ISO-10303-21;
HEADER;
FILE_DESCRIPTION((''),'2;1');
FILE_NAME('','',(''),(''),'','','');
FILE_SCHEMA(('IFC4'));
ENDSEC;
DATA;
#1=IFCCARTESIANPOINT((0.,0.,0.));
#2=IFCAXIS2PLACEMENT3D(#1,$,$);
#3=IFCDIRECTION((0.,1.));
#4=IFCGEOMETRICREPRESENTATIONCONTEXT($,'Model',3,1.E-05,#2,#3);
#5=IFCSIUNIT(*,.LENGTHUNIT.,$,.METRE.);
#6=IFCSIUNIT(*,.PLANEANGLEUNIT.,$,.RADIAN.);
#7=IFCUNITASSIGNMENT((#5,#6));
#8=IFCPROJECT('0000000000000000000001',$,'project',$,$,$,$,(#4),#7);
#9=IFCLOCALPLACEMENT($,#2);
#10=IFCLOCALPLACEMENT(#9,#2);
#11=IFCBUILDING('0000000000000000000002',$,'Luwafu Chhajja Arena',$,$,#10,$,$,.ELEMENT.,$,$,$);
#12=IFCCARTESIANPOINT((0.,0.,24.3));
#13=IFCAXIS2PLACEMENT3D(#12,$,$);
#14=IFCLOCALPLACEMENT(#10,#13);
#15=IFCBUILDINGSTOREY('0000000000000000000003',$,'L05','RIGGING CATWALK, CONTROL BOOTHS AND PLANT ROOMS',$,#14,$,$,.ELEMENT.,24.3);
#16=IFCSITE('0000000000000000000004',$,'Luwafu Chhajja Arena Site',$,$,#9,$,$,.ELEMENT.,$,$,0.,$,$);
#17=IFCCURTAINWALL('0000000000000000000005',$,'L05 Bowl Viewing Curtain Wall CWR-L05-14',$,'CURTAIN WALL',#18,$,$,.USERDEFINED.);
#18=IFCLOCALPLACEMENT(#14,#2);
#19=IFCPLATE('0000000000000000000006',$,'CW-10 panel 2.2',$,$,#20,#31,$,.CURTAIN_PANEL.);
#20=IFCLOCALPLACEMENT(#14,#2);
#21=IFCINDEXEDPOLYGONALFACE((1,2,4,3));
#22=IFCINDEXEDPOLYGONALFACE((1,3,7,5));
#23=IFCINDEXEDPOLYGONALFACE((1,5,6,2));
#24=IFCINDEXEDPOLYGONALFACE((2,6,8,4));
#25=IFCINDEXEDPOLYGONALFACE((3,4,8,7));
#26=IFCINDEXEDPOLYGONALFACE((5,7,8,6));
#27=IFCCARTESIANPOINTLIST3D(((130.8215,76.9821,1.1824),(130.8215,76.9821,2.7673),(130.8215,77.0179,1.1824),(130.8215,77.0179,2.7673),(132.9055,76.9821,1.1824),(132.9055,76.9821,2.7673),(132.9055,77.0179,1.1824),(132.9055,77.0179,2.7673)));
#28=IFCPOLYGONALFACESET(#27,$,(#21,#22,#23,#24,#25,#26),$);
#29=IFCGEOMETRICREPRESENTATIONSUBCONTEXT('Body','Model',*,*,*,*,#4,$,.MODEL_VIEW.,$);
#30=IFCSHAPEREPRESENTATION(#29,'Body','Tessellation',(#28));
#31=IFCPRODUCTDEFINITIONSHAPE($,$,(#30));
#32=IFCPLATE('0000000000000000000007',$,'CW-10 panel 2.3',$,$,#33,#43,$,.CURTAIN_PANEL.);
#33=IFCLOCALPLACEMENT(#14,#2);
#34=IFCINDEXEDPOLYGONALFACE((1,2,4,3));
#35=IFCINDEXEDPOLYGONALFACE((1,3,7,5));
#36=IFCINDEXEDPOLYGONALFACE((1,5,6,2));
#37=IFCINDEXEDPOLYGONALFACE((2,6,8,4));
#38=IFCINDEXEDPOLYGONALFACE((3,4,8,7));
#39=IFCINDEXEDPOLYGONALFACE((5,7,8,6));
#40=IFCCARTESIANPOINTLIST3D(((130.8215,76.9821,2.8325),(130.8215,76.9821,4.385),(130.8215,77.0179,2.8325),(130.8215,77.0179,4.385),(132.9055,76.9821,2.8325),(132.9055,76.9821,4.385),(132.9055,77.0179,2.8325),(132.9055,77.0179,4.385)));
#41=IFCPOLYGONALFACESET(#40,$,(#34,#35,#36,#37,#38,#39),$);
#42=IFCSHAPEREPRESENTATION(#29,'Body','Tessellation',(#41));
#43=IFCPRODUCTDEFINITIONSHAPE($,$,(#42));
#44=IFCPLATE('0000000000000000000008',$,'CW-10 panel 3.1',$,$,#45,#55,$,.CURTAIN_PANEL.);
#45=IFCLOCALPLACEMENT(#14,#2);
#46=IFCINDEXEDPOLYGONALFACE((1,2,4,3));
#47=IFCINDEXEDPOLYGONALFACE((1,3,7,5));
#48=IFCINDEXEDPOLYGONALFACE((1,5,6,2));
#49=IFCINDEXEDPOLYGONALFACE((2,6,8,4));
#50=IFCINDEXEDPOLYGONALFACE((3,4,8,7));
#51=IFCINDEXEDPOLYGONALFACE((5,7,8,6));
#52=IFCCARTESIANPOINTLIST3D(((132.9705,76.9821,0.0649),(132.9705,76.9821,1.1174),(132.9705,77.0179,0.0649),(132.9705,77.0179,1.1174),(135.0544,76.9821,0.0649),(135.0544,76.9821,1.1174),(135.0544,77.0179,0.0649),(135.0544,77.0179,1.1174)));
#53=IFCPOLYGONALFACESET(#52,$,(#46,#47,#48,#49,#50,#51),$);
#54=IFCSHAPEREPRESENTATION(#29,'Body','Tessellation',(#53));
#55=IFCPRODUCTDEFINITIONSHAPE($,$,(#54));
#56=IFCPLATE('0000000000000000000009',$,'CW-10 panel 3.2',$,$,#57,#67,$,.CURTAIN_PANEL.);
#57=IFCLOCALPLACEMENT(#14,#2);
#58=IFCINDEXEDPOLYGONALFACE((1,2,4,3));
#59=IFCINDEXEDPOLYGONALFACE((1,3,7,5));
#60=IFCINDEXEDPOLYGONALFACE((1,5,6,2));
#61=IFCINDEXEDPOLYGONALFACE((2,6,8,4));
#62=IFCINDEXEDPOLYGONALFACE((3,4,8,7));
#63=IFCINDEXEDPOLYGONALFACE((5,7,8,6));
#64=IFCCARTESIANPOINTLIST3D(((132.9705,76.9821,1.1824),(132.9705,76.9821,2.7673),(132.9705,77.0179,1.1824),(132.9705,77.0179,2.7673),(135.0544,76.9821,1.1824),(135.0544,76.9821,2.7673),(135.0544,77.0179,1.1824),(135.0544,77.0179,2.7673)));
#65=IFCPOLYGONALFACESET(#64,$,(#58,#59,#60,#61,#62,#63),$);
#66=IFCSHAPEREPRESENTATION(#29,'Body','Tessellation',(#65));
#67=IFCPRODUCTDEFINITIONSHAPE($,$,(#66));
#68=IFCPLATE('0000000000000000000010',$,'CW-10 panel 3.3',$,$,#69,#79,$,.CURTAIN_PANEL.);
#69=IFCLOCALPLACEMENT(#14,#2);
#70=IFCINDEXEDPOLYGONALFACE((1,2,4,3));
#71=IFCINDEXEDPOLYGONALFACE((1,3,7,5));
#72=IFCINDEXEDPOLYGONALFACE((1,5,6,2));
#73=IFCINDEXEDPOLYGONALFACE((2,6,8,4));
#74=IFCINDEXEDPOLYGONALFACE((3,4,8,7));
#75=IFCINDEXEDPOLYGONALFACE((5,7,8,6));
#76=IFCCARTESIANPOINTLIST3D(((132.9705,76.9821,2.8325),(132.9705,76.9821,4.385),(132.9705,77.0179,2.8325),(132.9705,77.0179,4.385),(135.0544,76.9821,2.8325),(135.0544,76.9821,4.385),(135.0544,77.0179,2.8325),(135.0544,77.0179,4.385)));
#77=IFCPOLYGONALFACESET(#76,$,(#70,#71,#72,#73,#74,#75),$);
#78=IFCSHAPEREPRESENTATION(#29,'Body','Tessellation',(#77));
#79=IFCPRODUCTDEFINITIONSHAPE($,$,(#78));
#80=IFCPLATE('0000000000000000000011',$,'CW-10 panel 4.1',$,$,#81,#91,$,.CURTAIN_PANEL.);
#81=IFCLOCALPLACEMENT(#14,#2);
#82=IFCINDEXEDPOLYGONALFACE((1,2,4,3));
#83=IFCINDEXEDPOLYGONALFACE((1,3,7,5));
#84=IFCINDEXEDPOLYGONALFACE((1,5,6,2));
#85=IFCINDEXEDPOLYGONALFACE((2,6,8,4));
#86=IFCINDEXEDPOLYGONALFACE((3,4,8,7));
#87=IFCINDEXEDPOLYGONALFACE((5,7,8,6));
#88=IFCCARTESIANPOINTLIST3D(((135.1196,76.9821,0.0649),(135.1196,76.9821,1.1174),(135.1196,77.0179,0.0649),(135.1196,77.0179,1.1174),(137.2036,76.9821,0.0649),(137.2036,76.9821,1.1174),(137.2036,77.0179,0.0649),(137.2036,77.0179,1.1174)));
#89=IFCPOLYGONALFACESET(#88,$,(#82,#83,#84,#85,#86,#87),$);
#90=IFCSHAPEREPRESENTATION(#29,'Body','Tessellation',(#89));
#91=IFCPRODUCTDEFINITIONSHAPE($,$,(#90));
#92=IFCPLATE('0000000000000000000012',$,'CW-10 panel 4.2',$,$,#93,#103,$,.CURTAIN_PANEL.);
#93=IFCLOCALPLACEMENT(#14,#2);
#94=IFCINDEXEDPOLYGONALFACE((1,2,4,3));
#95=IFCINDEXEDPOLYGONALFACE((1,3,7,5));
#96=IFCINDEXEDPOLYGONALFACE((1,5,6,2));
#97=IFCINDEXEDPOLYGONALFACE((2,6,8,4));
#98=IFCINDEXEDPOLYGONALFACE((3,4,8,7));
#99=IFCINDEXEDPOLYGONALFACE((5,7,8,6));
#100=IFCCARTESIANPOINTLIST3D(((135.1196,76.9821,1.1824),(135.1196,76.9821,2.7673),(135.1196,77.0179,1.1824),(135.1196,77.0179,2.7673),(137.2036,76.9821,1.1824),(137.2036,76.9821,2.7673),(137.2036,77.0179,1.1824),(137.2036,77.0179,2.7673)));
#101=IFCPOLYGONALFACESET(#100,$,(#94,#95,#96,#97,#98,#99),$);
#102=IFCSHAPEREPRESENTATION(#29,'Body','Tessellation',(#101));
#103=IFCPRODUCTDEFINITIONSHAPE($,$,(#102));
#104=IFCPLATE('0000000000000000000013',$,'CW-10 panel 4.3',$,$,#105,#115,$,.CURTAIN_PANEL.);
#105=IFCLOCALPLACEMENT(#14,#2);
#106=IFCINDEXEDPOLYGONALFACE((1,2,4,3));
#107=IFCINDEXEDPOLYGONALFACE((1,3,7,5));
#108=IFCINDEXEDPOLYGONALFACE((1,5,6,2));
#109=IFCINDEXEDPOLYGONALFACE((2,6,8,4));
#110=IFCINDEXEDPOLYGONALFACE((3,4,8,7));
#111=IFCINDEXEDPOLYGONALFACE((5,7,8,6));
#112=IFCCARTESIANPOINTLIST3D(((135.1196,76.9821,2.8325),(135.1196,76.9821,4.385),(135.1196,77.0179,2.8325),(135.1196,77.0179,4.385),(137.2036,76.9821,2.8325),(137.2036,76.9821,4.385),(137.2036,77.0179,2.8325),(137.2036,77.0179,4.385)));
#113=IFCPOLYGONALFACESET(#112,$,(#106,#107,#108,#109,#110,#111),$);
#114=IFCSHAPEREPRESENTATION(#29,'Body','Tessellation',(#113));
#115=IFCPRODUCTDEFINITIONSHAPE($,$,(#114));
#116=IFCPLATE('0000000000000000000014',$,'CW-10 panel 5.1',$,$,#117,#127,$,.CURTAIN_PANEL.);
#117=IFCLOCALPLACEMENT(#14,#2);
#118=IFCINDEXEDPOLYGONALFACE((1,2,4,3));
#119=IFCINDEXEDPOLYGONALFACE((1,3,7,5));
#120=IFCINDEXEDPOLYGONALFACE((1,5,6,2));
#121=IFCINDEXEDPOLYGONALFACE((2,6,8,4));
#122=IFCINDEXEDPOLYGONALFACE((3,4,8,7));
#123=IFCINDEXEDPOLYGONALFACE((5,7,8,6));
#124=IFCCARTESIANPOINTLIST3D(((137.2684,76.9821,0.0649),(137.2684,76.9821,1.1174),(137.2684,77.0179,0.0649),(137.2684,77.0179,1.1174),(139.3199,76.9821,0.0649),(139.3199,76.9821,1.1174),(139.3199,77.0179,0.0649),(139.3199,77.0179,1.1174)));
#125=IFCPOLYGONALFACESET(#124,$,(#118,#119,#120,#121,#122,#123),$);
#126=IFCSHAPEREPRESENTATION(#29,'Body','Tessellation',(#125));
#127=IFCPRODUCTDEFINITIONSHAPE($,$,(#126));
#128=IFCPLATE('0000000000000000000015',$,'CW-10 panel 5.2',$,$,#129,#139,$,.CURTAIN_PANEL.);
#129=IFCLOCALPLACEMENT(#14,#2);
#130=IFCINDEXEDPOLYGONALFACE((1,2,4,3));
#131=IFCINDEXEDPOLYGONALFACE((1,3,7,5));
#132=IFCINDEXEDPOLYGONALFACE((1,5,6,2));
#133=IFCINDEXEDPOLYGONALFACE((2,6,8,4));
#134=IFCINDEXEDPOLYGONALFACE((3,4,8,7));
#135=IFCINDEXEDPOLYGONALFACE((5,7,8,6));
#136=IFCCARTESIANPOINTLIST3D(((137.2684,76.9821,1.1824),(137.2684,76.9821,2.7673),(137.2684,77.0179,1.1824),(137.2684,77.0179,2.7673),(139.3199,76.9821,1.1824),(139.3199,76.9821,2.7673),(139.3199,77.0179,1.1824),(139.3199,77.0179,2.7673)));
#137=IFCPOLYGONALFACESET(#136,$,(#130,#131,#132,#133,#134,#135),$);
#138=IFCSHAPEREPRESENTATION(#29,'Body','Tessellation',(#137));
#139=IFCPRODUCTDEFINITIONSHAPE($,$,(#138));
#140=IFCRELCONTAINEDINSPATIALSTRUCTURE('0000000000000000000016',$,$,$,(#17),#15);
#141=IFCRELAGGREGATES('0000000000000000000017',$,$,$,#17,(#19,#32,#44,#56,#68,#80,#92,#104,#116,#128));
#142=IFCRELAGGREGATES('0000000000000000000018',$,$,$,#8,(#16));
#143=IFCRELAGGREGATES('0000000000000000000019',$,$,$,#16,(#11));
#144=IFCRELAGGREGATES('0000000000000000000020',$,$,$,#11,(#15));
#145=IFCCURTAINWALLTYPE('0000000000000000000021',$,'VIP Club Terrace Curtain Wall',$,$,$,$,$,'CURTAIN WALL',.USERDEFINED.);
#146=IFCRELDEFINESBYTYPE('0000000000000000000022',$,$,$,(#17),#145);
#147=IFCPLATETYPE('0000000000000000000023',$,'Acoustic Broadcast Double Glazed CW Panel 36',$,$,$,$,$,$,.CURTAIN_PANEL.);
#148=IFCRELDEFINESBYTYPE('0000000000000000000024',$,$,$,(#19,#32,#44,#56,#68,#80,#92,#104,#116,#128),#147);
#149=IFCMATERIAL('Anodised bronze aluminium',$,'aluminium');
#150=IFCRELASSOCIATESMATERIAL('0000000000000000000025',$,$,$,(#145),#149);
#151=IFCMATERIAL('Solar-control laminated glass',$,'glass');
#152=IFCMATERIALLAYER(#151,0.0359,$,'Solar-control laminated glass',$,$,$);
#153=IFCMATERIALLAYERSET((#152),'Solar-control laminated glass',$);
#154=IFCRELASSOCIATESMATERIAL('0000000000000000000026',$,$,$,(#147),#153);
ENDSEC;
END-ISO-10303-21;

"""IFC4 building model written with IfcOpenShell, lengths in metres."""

from ifc_helpers import new_model, si_unit, direction, frame, origin, origin_2d, place, context, subcontext, project, spatial, rectangle, extrude, material, layer, layer_set, type_object, element, aggregate, save


model = new_model("IFC4")

# Units and contexts
model_context = context("Model", 3, precision=1e-05, world=origin(), true_north=direction((0.0, 1.0)))
body_context = subcontext(model_context, "Body", "Model", "MODEL_VIEW")
ifc_project = project(units=[si_unit("LENGTHUNIT", "METRE"), si_unit("PLANEANGLEUNIT", "RADIAN")], contexts=[model_context])

# Site, building, storey
site_placement = place(None, origin())
site = spatial("IfcSite", under=ifc_project, at=site_placement, Name="Luwafu Chhajja Arena Site", CompositionType="ELEMENT", RefElevation=0.0)
building_placement = place(site_placement, origin())
building = spatial("IfcBuilding", under=site, at=building_placement, Name="Luwafu Chhajja Arena", CompositionType="ELEMENT")
storey_placement = place(building_placement, frame((0.0, 0.0, 24.3)))
storey = spatial("IfcBuildingStorey", under=building, at=storey_placement, Name="L05", Description="RIGGING CATWALK, CONTROL BOOTHS AND PLANT ROOMS", CompositionType="ELEMENT", Elevation=24.3)

# Curtain wall, plates
ifc_material_1 = material(Name="Anodised bronze aluminium", Category="aluminium")
curtain_wall_type = type_object("IfcCurtainWallType", Name="VIP Club Terrace Curtain Wall", ElementType="CURTAIN WALL", PredefinedType="USERDEFINED", material=ifc_material_1)
curtain_wall_placement = place(storey_placement, origin())
curtain_wall = element("IfcCurtainWall", 1, at=curtain_wall_placement, inside=storey, type_object=curtain_wall_type, Name="L05 Bowl Viewing Curtain Wall CWR-L05-14", ObjectType="CURTAIN WALL", PredefinedType="USERDEFINED")
ifc_material_2 = material(Name="Solar-control laminated glass", Category="glass")
ifc_layer = layer(ifc_material_2, 0.0359, Name="Solar-control laminated glass")
ifc_layer_set = layer_set([ifc_layer], Name="Solar-control laminated glass")
plate_type = type_object("IfcPlateType", Name="Acoustic Broadcast Double Glazed CW Panel 36", PredefinedType="CURTAIN_PANEL", material=ifc_layer_set)
plate_1_placement = place(storey_placement, frame((131.8635, 77.0, 1.1824), z_axis=(0.0, 0.0, 1.0), x_axis=(1.0, 0.0, 0.0)))
plate_1 = element("IfcPlate", 2, at=plate_1_placement, type_object=plate_type, Name="CW-10 panel 2.2", PredefinedType="CURTAIN_PANEL", context=body_context, shape_type="SweptSolid", body=[
    extrude(rectangle(XDim=2.084, YDim=0.0359, at=origin_2d()), origin(), (0.0, 0.0, 1.0), 1.585),
])
plate_2_placement = place(storey_placement, frame((131.8635, 77.0, 2.8325), z_axis=(0.0, 0.0, 1.0), x_axis=(1.0, 0.0, 0.0)))
plate_2 = element("IfcPlate", 3, at=plate_2_placement, type_object=plate_type, Name="CW-10 panel 2.3", PredefinedType="CURTAIN_PANEL", context=body_context, shape_type="SweptSolid", body=[
    extrude(rectangle(XDim=2.084, YDim=0.0359, at=origin_2d()), origin(), (0.0, 0.0, 1.0), 1.5525),
])
plate_3_placement = place(storey_placement, frame((134.0125, 77.0, 0.0649), z_axis=(0.0, 0.0, 1.0), x_axis=(1.0, 0.0, 0.0)))
plate_3 = element("IfcPlate", 4, at=plate_3_placement, type_object=plate_type, Name="CW-10 panel 3.1", PredefinedType="CURTAIN_PANEL", context=body_context, shape_type="SweptSolid", body=[
    extrude(rectangle(XDim=2.084, YDim=0.0359, at=origin_2d()), origin(), (0.0, 0.0, 1.0), 1.0525),
])
plate_4_placement = place(storey_placement, frame((134.0125, 77.0, 1.1824), z_axis=(0.0, 0.0, 1.0), x_axis=(1.0, 0.0, 0.0)))
plate_4 = element("IfcPlate", 5, at=plate_4_placement, type_object=plate_type, Name="CW-10 panel 3.2", PredefinedType="CURTAIN_PANEL", context=body_context, shape_type="SweptSolid", body=[
    extrude(rectangle(XDim=2.084, YDim=0.0359, at=origin_2d()), origin(), (0.0, 0.0, 1.0), 1.585),
])
plate_5_placement = place(storey_placement, frame((134.0125, 77.0, 2.8325), z_axis=(0.0, 0.0, 1.0), x_axis=(1.0, 0.0, 0.0)))
plate_5 = element("IfcPlate", 6, at=plate_5_placement, type_object=plate_type, Name="CW-10 panel 3.3", PredefinedType="CURTAIN_PANEL", context=body_context, shape_type="SweptSolid", body=[
    extrude(rectangle(XDim=2.084, YDim=0.0359, at=origin_2d()), origin(), (0.0, 0.0, 1.0), 1.5525),
])
plate_6_placement = place(storey_placement, frame((136.1616, 77.0, 0.0649), z_axis=(0.0, 0.0, 1.0), x_axis=(1.0, 0.0, 0.0)))
plate_6 = element("IfcPlate", 7, at=plate_6_placement, type_object=plate_type, Name="CW-10 panel 4.1", PredefinedType="CURTAIN_PANEL", context=body_context, shape_type="SweptSolid", body=[
    extrude(rectangle(XDim=2.084, YDim=0.0359, at=origin_2d()), origin(), (0.0, 0.0, 1.0), 1.0525),
])
plate_7_placement = place(storey_placement, frame((136.1616, 77.0, 1.1824), z_axis=(0.0, 0.0, 1.0), x_axis=(1.0, 0.0, 0.0)))
plate_7 = element("IfcPlate", 8, at=plate_7_placement, type_object=plate_type, Name="CW-10 panel 4.2", PredefinedType="CURTAIN_PANEL", context=body_context, shape_type="SweptSolid", body=[
    extrude(rectangle(XDim=2.084, YDim=0.0359, at=origin_2d()), origin(), (0.0, 0.0, 1.0), 1.585),
])
plate_8_placement = place(storey_placement, frame((136.1616, 77.0, 2.8325), z_axis=(0.0, 0.0, 1.0), x_axis=(1.0, 0.0, 0.0)))
plate_8 = element("IfcPlate", 9, at=plate_8_placement, type_object=plate_type, Name="CW-10 panel 4.3", PredefinedType="CURTAIN_PANEL", context=body_context, shape_type="SweptSolid", body=[
    extrude(rectangle(XDim=2.084, YDim=0.0359, at=origin_2d()), origin(), (0.0, 0.0, 1.0), 1.5525),
])
plate_9_placement = place(storey_placement, frame((138.2942, 77.0, 0.0649), z_axis=(0.0, 0.0, 1.0), x_axis=(1.0, 0.0, 0.0)))
plate_9 = element("IfcPlate", 10, at=plate_9_placement, type_object=plate_type, Name="CW-10 panel 5.1", PredefinedType="CURTAIN_PANEL", context=body_context, shape_type="SweptSolid", body=[
    extrude(rectangle(XDim=2.0515, YDim=0.0359, at=origin_2d()), origin(), (0.0, 0.0, 1.0), 1.0525),
])
plate_10_placement = place(storey_placement, frame((138.2942, 77.0, 1.1824), z_axis=(0.0, 0.0, 1.0), x_axis=(1.0, 0.0, 0.0)))
plate_10 = element("IfcPlate", 11, at=plate_10_placement, type_object=plate_type, Name="CW-10 panel 5.2", PredefinedType="CURTAIN_PANEL", context=body_context, shape_type="SweptSolid", body=[
    extrude(rectangle(XDim=2.0515, YDim=0.0359, at=origin_2d()), origin(), (0.0, 0.0, 1.0), 1.585),
])
aggregate(curtain_wall, [plate_1, plate_2, plate_3, plate_4, plate_5, plate_6, plate_7, plate_8, plate_9, plate_10])

save(model, "model.ifc")
